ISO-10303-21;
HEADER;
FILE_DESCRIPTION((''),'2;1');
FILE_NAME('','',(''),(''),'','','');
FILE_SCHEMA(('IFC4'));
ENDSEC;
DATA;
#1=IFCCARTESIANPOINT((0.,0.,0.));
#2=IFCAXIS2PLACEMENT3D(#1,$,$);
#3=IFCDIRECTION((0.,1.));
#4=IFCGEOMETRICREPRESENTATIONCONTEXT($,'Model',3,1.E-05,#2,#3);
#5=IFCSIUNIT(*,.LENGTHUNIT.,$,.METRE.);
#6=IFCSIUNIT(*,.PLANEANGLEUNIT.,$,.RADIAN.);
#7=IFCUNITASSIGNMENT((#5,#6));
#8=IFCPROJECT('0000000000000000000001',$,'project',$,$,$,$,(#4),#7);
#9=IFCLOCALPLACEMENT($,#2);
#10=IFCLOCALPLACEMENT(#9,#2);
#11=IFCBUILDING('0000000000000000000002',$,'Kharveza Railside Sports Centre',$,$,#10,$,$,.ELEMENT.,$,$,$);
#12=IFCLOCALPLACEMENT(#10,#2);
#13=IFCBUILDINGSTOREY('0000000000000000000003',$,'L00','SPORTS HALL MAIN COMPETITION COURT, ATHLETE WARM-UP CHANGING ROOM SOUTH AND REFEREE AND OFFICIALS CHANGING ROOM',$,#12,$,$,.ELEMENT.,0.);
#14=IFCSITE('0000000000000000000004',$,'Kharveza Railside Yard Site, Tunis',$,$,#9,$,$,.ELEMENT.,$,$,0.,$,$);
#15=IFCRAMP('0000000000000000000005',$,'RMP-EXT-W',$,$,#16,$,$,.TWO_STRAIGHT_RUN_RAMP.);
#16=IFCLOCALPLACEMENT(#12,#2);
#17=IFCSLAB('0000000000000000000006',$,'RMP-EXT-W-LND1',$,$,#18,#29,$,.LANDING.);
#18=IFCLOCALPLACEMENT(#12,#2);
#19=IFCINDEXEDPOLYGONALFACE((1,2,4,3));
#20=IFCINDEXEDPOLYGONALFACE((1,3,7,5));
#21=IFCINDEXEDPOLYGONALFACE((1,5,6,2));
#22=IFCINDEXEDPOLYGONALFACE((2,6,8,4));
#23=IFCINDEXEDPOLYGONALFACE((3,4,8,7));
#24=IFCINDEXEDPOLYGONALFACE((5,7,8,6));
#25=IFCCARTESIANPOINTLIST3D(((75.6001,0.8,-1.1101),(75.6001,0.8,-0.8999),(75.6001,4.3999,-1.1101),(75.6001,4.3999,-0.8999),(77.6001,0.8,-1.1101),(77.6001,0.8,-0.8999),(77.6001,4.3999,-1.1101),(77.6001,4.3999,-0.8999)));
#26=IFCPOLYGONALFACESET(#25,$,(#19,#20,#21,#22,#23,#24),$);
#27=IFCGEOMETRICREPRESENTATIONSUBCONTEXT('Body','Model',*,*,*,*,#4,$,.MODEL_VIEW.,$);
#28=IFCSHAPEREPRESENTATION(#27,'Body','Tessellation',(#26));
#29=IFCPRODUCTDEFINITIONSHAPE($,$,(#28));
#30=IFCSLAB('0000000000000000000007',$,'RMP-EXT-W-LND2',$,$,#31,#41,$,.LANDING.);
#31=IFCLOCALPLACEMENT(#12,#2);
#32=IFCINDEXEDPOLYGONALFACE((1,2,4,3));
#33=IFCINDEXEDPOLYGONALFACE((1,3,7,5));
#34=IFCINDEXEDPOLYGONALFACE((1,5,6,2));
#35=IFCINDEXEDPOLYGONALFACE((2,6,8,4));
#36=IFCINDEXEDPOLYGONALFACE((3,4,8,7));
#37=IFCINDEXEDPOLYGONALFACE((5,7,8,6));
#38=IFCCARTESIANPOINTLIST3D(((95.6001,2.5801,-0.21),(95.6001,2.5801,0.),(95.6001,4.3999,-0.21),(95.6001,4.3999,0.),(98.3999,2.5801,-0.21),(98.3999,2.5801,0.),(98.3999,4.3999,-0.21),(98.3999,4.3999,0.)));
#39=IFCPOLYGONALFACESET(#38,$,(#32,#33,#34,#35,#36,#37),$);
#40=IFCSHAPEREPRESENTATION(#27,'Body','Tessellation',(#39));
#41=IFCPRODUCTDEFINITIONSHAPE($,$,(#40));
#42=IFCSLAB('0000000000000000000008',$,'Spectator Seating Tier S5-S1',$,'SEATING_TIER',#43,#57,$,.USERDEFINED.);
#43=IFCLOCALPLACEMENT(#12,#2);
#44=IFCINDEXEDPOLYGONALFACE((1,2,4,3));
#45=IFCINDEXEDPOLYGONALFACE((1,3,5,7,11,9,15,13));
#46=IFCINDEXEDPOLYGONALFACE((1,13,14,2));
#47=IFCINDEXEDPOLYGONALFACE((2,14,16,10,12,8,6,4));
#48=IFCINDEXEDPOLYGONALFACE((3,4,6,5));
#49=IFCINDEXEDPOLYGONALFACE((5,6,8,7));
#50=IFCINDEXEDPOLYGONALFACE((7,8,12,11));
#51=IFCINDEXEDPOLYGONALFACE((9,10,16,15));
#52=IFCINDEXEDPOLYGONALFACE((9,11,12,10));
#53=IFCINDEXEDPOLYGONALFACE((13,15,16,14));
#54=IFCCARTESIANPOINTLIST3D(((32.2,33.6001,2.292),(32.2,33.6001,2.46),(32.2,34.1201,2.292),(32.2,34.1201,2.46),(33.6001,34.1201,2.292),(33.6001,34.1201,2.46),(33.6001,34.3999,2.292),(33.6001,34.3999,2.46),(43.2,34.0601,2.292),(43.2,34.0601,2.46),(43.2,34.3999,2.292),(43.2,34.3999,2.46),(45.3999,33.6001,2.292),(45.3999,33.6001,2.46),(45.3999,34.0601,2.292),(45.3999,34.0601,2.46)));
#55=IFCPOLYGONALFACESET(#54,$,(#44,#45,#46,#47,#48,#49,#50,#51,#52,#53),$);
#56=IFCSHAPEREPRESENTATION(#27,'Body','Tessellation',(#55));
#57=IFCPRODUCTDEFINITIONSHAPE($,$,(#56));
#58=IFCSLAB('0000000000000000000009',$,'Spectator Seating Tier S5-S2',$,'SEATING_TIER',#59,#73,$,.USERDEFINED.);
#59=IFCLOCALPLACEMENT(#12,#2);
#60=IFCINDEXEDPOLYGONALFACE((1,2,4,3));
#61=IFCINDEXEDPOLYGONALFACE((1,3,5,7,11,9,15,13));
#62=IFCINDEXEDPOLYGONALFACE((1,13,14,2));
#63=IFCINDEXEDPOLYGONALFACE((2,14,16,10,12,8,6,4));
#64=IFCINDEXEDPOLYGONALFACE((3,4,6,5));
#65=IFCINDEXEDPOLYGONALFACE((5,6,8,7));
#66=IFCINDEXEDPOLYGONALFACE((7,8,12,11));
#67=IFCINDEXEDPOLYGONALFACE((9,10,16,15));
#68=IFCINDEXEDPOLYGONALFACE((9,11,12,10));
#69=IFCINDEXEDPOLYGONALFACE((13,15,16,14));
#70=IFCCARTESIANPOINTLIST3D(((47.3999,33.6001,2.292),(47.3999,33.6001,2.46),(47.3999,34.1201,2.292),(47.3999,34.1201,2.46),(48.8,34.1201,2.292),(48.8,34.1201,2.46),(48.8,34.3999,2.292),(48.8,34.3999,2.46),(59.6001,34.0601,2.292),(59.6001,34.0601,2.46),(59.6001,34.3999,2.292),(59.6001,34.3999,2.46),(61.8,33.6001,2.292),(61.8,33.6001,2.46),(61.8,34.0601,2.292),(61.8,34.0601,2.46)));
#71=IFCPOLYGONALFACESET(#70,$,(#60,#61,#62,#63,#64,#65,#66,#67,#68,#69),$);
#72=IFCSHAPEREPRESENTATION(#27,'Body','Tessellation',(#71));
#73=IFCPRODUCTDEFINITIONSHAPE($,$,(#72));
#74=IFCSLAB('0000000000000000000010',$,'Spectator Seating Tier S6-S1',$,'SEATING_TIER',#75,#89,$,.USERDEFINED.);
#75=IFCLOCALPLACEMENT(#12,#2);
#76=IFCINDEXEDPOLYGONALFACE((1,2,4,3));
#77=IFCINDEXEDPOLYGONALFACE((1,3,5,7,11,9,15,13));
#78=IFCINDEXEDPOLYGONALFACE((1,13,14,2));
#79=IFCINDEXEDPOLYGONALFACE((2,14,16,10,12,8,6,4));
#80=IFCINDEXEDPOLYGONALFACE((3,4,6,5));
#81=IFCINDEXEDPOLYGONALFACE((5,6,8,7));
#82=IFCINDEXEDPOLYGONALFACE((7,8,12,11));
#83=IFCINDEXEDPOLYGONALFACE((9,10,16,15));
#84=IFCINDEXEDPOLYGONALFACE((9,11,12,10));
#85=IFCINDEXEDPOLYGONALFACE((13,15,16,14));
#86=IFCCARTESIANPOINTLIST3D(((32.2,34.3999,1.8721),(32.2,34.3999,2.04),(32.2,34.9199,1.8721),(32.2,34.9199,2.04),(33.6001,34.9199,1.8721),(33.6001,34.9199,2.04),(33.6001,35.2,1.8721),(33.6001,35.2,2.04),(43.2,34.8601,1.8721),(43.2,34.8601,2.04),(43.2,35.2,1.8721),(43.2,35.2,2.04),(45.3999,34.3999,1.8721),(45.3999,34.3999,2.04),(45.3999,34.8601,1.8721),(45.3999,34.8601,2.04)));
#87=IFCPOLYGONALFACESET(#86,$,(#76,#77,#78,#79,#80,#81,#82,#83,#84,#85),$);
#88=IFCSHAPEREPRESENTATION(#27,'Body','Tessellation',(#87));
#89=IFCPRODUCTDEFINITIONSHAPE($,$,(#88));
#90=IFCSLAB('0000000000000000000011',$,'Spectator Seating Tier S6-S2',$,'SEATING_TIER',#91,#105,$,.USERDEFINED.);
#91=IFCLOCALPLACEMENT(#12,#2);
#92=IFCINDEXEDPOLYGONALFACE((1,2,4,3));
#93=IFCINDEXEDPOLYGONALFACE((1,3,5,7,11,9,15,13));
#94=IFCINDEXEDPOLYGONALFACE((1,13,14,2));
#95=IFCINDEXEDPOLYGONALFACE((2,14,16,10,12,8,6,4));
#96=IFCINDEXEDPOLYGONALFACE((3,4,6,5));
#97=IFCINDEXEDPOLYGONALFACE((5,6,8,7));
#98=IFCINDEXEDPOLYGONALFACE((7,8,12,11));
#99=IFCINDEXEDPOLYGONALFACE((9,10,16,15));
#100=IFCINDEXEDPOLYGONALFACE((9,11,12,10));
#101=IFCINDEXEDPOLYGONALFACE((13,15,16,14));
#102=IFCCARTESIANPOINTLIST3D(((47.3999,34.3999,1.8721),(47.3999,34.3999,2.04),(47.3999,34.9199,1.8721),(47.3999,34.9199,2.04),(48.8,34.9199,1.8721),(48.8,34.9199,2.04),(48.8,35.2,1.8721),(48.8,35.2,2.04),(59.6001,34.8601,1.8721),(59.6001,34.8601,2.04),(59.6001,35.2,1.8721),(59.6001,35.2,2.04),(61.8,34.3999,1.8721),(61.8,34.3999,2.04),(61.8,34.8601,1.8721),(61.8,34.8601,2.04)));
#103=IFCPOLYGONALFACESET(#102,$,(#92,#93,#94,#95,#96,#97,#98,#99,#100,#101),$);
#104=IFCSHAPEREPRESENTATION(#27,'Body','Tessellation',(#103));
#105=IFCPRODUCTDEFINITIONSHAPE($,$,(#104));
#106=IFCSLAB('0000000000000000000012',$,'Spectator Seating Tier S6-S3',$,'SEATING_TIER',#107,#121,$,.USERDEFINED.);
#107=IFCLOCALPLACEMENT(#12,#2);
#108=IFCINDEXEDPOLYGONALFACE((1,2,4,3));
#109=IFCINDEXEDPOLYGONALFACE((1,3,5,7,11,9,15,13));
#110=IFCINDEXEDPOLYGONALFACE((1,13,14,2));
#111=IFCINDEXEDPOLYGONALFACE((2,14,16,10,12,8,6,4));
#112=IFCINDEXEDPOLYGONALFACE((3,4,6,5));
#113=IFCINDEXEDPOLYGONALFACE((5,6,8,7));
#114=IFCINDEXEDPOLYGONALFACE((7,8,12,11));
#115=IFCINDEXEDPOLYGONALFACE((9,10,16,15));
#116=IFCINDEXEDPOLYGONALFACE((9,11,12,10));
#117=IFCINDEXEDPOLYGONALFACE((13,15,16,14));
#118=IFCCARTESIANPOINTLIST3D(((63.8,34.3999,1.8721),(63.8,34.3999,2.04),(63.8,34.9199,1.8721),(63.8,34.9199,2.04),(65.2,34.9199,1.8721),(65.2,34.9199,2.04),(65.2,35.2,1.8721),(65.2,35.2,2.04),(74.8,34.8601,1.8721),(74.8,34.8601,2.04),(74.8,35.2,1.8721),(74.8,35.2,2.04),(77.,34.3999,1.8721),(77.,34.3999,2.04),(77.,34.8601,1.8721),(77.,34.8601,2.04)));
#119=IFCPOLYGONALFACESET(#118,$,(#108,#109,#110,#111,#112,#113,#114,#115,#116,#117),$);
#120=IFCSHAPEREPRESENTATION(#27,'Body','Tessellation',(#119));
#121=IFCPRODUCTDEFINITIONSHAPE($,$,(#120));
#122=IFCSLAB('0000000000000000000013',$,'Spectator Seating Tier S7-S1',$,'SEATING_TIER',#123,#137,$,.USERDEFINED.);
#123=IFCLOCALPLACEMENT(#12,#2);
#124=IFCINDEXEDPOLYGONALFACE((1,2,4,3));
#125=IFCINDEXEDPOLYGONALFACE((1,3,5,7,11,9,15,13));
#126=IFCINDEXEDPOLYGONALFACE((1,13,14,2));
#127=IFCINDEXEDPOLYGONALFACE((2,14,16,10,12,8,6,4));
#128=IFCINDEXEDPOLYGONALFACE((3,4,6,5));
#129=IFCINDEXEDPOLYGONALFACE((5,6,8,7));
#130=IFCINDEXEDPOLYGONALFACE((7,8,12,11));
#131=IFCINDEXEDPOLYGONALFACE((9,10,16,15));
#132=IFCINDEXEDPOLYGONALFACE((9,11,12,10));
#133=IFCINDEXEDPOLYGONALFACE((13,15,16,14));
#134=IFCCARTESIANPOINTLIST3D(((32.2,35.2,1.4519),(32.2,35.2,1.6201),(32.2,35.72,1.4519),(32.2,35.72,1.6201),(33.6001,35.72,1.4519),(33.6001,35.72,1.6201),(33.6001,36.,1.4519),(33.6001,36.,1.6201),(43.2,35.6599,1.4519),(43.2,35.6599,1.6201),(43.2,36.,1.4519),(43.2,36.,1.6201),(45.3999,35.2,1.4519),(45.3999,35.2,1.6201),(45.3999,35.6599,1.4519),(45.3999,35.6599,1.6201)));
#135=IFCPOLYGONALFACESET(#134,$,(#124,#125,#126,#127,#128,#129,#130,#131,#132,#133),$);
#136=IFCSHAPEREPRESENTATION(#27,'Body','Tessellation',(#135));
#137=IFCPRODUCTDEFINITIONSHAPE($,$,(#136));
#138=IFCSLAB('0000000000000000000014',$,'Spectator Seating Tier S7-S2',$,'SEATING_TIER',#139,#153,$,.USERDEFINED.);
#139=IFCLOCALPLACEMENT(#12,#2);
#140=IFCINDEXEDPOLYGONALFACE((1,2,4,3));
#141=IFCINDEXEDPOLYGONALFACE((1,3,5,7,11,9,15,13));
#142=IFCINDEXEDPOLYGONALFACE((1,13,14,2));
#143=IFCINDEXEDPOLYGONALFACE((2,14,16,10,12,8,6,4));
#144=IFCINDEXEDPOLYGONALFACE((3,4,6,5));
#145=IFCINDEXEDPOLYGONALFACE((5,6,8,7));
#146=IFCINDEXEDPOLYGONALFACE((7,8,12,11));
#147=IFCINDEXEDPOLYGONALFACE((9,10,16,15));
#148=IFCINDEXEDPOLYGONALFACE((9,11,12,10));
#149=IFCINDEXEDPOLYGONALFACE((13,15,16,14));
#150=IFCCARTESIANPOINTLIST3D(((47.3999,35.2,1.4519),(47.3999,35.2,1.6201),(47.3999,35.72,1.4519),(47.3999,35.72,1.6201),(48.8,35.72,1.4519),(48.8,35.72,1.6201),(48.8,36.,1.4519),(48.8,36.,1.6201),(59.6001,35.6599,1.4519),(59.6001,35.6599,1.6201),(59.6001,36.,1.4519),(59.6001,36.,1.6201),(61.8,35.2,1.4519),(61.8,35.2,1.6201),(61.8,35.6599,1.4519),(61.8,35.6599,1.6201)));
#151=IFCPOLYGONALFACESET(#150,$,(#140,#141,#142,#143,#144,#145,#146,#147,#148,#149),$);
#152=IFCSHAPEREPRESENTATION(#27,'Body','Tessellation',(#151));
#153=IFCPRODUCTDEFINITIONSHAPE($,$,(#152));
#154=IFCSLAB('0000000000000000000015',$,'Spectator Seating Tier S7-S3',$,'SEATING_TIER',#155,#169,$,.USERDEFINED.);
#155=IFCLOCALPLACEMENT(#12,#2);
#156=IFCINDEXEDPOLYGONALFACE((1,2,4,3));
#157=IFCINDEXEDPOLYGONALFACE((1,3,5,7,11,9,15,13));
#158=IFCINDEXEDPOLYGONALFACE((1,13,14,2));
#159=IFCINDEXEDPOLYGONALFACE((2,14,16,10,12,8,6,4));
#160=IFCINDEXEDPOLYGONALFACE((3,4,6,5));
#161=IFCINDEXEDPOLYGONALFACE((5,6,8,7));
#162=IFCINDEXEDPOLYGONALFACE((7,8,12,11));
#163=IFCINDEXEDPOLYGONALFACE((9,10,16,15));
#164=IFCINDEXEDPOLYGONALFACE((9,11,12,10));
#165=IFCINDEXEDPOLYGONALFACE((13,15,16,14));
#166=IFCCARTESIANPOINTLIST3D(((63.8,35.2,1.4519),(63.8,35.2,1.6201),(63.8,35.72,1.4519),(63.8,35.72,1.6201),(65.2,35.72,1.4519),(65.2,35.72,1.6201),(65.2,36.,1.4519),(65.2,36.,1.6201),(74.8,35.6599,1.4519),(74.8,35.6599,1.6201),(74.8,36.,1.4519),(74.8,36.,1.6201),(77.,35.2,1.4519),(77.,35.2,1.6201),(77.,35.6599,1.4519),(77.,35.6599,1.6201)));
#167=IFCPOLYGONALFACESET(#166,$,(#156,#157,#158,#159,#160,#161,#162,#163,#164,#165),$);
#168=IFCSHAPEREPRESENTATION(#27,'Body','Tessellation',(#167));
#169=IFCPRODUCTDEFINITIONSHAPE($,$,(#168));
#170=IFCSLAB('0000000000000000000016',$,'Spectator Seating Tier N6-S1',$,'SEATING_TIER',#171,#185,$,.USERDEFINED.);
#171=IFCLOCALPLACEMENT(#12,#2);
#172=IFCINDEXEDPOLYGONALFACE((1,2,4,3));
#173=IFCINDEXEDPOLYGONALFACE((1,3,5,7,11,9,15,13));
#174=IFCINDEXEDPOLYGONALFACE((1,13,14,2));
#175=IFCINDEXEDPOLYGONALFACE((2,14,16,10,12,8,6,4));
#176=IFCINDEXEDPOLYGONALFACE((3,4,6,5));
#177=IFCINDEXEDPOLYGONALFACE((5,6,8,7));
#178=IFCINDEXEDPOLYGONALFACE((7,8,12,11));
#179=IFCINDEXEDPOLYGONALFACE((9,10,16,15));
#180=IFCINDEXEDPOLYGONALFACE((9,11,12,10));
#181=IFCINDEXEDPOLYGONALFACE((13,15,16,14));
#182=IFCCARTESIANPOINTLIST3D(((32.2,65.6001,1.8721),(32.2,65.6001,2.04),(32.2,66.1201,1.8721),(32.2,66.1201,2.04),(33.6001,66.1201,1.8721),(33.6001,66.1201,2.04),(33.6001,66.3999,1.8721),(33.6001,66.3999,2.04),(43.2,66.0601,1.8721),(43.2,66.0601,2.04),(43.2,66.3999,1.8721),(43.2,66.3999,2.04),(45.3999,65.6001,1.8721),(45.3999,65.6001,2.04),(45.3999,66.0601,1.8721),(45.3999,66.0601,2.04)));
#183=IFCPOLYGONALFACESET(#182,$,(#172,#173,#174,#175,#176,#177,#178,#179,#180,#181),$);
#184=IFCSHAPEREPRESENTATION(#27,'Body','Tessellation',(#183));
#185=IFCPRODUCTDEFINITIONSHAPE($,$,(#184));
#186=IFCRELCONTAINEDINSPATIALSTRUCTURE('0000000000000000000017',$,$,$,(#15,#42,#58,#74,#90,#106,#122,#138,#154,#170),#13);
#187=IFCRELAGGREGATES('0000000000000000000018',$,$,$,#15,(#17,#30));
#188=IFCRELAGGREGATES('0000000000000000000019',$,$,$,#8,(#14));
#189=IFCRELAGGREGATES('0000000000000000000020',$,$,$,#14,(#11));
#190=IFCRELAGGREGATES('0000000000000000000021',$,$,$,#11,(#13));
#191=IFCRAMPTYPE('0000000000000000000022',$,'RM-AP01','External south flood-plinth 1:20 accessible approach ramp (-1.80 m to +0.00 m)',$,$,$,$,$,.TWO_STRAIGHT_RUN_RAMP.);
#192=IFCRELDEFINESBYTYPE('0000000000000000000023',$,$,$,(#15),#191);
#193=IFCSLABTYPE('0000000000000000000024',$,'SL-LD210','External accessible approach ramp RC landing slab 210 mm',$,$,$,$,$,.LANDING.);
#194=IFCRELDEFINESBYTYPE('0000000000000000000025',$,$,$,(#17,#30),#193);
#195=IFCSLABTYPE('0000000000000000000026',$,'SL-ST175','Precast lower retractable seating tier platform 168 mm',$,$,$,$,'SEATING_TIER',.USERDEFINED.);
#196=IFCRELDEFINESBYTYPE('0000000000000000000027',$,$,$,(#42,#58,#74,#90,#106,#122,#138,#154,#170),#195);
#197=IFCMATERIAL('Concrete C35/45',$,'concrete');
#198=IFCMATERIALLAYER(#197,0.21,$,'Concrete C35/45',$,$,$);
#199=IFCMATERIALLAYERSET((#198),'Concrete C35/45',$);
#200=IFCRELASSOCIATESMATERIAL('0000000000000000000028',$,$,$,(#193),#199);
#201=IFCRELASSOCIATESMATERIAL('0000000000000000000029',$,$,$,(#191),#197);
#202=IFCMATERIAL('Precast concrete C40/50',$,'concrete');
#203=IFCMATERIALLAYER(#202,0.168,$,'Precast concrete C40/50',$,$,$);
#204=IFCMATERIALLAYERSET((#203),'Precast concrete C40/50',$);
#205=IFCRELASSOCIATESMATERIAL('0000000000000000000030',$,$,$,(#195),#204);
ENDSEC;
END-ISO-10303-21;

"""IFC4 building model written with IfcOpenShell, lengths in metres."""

from ifc_helpers import new_model, si_unit, direction, frame, origin, place, context, subcontext, project, spatial, polyline, outline, extrude, material, layer, layer_set, type_object, element, aggregate, save


model = new_model("IFC4")

# Units and contexts
model_context = context("Model", 3, precision=1e-05, world=origin(), true_north=direction((0.0, 1.0)))
body_context = subcontext(model_context, "Body", "Model", "MODEL_VIEW")
ifc_project = project(units=[si_unit("LENGTHUNIT", "METRE"), si_unit("PLANEANGLEUNIT", "RADIAN")], contexts=[model_context])

# Site, building, storey
site_placement = place(None, origin())
site = spatial("IfcSite", under=ifc_project, at=site_placement, Name="Kharveza Railside Yard Site, Tunis", CompositionType="ELEMENT", RefElevation=0.0)
building_placement = place(site_placement, origin())
building = spatial("IfcBuilding", under=site, at=building_placement, Name="Kharveza Railside Sports Centre", CompositionType="ELEMENT")
storey_placement = place(building_placement, origin())
storey = spatial("IfcBuildingStorey", under=building, at=storey_placement, Name="L00", Description="SPORTS HALL MAIN COMPETITION COURT, ATHLETE WARM-UP CHANGING ROOM SOUTH AND REFEREE AND OFFICIALS CHANGING ROOM", CompositionType="ELEMENT", Elevation=0.0)

# Shared definitions
ifc_material_1 = material(Name="Concrete C35/45", Category="concrete")
ifc_layer_1 = layer(ifc_material_1, 0.21, Name="Concrete C35/45")
ifc_layer_set_1 = layer_set([ifc_layer_1], Name="Concrete C35/45")
slab_type_1 = type_object("IfcSlabType", Name="SL-LD210", Description="External accessible approach ramp RC landing slab 210 mm", PredefinedType="LANDING", material=ifc_layer_set_1)

# Ramp, slabs
ramp_type = type_object("IfcRampType", Name="RM-AP01", Description="External south flood-plinth 1:20 accessible approach ramp (-1.80 m to +0.00 m)", PredefinedType="TWO_STRAIGHT_RUN_RAMP", material=ifc_material_1)
ramp_placement = place(storey_placement, origin())
ramp = element("IfcRamp", 1, at=ramp_placement, inside=storey, type_object=ramp_type, Name="RMP-EXT-W", PredefinedType="TWO_STRAIGHT_RUN_RAMP")
slab_1_placement = place(storey_placement, frame((0.0, 0.0, -1.1101)))
slab_1 = element("IfcSlab", 2, at=slab_1_placement, type_object=slab_type_1, Name="RMP-EXT-W-LND1", PredefinedType="LANDING", context=body_context, shape_type="SweptSolid", body=[
    extrude(outline(polyline([(75.6001, 0.8), (77.6001, 0.8), (77.6001, 4.3999), (75.6001, 4.3999), (75.6001, 0.8)])), origin(), (0.0, 0.0, 1.0), 0.2102),
])
slab_2_placement = place(storey_placement, frame((0.0, 0.0, -0.21)))
slab_2 = element("IfcSlab", 3, at=slab_2_placement, type_object=slab_type_1, Name="RMP-EXT-W-LND2", PredefinedType="LANDING", context=body_context, shape_type="SweptSolid", body=[
    extrude(outline(polyline([(95.6001, 2.5801), (98.3999, 2.5801), (98.3999, 4.3999), (95.6001, 4.3999), (95.6001, 2.5801)])), origin(), (0.0, 0.0, 1.0), 0.21),
])
aggregate(ramp, [slab_1, slab_2])

# Slabs
ifc_material_2 = material(Name="Precast concrete C40/50", Category="concrete")
ifc_layer_2 = layer(ifc_material_2, 0.168, Name="Precast concrete C40/50")
ifc_layer_set_2 = layer_set([ifc_layer_2], Name="Precast concrete C40/50")
slab_type_2 = type_object("IfcSlabType", Name="SL-ST175", Description="Precast lower retractable seating tier platform 168 mm", ElementType="SEATING_TIER", PredefinedType="USERDEFINED", material=ifc_layer_set_2)
slab_3_placement = place(storey_placement, frame((0.0, 0.0, 2.292)))
element("IfcSlab", 4, at=slab_3_placement, inside=storey, type_object=slab_type_2, Name="Spectator Seating Tier S5-S1", ObjectType="SEATING_TIER", PredefinedType="USERDEFINED", context=body_context, shape_type="SweptSolid", body=[
    extrude(outline(polyline([(32.2, 33.6001), (45.3999, 33.6001), (45.3999, 34.0601), (43.2, 34.0601), (43.2, 34.3999), (33.6001, 34.3999), (33.6001, 34.1201), (32.2, 34.1201), (32.2, 33.6001)])), origin(), (0.0, 0.0, 1.0), 0.168),
])
slab_4_placement = place(storey_placement, frame((0.0, 0.0, 2.292)))
element("IfcSlab", 5, at=slab_4_placement, inside=storey, type_object=slab_type_2, Name="Spectator Seating Tier S5-S2", ObjectType="SEATING_TIER", PredefinedType="USERDEFINED", context=body_context, shape_type="SweptSolid", body=[
    extrude(outline(polyline([(47.3999, 33.6001), (61.8, 33.6001), (61.8, 34.0601), (59.6001, 34.0601), (59.6001, 34.3999), (48.8, 34.3999), (48.8, 34.1201), (47.3999, 34.1201), (47.3999, 33.6001)])), origin(), (0.0, 0.0, 1.0), 0.168),
])
slab_5_placement = place(storey_placement, frame((0.0, 0.0, 1.8721)))
element("IfcSlab", 6, at=slab_5_placement, inside=storey, type_object=slab_type_2, Name="Spectator Seating Tier S6-S1", ObjectType="SEATING_TIER", PredefinedType="USERDEFINED", context=body_context, shape_type="SweptSolid", body=[
    extrude(outline(polyline([(32.2, 34.3999), (45.3999, 34.3999), (45.3999, 34.8601), (43.2, 34.8601), (43.2, 35.2), (33.6001, 35.2), (33.6001, 34.9199), (32.2, 34.9199), (32.2, 34.3999)])), origin(), (0.0, 0.0, 1.0), 0.168),
])
slab_6_placement = place(storey_placement, frame((0.0, 0.0, 1.8721)))
element("IfcSlab", 7, at=slab_6_placement, inside=storey, type_object=slab_type_2, Name="Spectator Seating Tier S6-S2", ObjectType="SEATING_TIER", PredefinedType="USERDEFINED", context=body_context, shape_type="SweptSolid", body=[
    extrude(outline(polyline([(47.3999, 34.3999), (61.8, 34.3999), (61.8, 34.8601), (59.6001, 34.8601), (59.6001, 35.2), (48.8, 35.2), (48.8, 34.9199), (47.3999, 34.9199), (47.3999, 34.3999)])), origin(), (0.0, 0.0, 1.0), 0.168),
])
slab_7_placement = place(storey_placement, frame((0.0, 0.0, 1.8721)))
element("IfcSlab", 8, at=slab_7_placement, inside=storey, type_object=slab_type_2, Name="Spectator Seating Tier S6-S3", ObjectType="SEATING_TIER", PredefinedType="USERDEFINED", context=body_context, shape_type="SweptSolid", body=[
    extrude(outline(polyline([(63.8, 34.3999), (77.0, 34.3999), (77.0, 34.8601), (74.8, 34.8601), (74.8, 35.2), (65.2, 35.2), (65.2, 34.9199), (63.8, 34.9199), (63.8, 34.3999)])), origin(), (0.0, 0.0, 1.0), 0.168),
])
slab_8_placement = place(storey_placement, frame((0.0, 0.0, 1.4519)))
element("IfcSlab", 9, at=slab_8_placement, inside=storey, type_object=slab_type_2, Name="Spectator Seating Tier S7-S1", ObjectType="SEATING_TIER", PredefinedType="USERDEFINED", context=body_context, shape_type="SweptSolid", body=[
    extrude(outline(polyline([(32.2, 35.2), (45.3999, 35.2), (45.3999, 35.6599), (43.2, 35.6599), (43.2, 36.0), (33.6001, 36.0), (33.6001, 35.72), (32.2, 35.72), (32.2, 35.2)])), origin(), (0.0, 0.0, 1.0), 0.1682),
])
slab_9_placement = place(storey_placement, frame((0.0, 0.0, 1.4519)))
element("IfcSlab", 10, at=slab_9_placement, inside=storey, type_object=slab_type_2, Name="Spectator Seating Tier S7-S2", ObjectType="SEATING_TIER", PredefinedType="USERDEFINED", context=body_context, shape_type="SweptSolid", body=[
    extrude(outline(polyline([(47.3999, 35.2), (61.8, 35.2), (61.8, 35.6599), (59.6001, 35.6599), (59.6001, 36.0), (48.8, 36.0), (48.8, 35.72), (47.3999, 35.72), (47.3999, 35.2)])), origin(), (0.0, 0.0, 1.0), 0.1682),
])
slab_10_placement = place(storey_placement, frame((0.0, 0.0, 1.4519)))
element("IfcSlab", 11, at=slab_10_placement, inside=storey, type_object=slab_type_2, Name="Spectator Seating Tier S7-S3", ObjectType="SEATING_TIER", PredefinedType="USERDEFINED", context=body_context, shape_type="SweptSolid", body=[
    extrude(outline(polyline([(63.8, 35.2), (77.0, 35.2), (77.0, 35.6599), (74.8, 35.6599), (74.8, 36.0), (65.2, 36.0), (65.2, 35.72), (63.8, 35.72), (63.8, 35.2)])), origin(), (0.0, 0.0, 1.0), 0.1682),
])
slab_11_placement = place(storey_placement, frame((0.0, 0.0, 1.8721)))
element("IfcSlab", 12, at=slab_11_placement, inside=storey, type_object=slab_type_2, Name="Spectator Seating Tier N6-S1", ObjectType="SEATING_TIER", PredefinedType="USERDEFINED", context=body_context, shape_type="SweptSolid", body=[
    extrude(outline(polyline([(32.2, 65.6001), (45.3999, 65.6001), (45.3999, 66.0601), (43.2, 66.0601), (43.2, 66.3999), (33.6001, 66.3999), (33.6001, 66.1201), (32.2, 66.1201), (32.2, 65.6001)])), origin(), (0.0, 0.0, 1.0), 0.168),
])

save(model, "model.ifc")
